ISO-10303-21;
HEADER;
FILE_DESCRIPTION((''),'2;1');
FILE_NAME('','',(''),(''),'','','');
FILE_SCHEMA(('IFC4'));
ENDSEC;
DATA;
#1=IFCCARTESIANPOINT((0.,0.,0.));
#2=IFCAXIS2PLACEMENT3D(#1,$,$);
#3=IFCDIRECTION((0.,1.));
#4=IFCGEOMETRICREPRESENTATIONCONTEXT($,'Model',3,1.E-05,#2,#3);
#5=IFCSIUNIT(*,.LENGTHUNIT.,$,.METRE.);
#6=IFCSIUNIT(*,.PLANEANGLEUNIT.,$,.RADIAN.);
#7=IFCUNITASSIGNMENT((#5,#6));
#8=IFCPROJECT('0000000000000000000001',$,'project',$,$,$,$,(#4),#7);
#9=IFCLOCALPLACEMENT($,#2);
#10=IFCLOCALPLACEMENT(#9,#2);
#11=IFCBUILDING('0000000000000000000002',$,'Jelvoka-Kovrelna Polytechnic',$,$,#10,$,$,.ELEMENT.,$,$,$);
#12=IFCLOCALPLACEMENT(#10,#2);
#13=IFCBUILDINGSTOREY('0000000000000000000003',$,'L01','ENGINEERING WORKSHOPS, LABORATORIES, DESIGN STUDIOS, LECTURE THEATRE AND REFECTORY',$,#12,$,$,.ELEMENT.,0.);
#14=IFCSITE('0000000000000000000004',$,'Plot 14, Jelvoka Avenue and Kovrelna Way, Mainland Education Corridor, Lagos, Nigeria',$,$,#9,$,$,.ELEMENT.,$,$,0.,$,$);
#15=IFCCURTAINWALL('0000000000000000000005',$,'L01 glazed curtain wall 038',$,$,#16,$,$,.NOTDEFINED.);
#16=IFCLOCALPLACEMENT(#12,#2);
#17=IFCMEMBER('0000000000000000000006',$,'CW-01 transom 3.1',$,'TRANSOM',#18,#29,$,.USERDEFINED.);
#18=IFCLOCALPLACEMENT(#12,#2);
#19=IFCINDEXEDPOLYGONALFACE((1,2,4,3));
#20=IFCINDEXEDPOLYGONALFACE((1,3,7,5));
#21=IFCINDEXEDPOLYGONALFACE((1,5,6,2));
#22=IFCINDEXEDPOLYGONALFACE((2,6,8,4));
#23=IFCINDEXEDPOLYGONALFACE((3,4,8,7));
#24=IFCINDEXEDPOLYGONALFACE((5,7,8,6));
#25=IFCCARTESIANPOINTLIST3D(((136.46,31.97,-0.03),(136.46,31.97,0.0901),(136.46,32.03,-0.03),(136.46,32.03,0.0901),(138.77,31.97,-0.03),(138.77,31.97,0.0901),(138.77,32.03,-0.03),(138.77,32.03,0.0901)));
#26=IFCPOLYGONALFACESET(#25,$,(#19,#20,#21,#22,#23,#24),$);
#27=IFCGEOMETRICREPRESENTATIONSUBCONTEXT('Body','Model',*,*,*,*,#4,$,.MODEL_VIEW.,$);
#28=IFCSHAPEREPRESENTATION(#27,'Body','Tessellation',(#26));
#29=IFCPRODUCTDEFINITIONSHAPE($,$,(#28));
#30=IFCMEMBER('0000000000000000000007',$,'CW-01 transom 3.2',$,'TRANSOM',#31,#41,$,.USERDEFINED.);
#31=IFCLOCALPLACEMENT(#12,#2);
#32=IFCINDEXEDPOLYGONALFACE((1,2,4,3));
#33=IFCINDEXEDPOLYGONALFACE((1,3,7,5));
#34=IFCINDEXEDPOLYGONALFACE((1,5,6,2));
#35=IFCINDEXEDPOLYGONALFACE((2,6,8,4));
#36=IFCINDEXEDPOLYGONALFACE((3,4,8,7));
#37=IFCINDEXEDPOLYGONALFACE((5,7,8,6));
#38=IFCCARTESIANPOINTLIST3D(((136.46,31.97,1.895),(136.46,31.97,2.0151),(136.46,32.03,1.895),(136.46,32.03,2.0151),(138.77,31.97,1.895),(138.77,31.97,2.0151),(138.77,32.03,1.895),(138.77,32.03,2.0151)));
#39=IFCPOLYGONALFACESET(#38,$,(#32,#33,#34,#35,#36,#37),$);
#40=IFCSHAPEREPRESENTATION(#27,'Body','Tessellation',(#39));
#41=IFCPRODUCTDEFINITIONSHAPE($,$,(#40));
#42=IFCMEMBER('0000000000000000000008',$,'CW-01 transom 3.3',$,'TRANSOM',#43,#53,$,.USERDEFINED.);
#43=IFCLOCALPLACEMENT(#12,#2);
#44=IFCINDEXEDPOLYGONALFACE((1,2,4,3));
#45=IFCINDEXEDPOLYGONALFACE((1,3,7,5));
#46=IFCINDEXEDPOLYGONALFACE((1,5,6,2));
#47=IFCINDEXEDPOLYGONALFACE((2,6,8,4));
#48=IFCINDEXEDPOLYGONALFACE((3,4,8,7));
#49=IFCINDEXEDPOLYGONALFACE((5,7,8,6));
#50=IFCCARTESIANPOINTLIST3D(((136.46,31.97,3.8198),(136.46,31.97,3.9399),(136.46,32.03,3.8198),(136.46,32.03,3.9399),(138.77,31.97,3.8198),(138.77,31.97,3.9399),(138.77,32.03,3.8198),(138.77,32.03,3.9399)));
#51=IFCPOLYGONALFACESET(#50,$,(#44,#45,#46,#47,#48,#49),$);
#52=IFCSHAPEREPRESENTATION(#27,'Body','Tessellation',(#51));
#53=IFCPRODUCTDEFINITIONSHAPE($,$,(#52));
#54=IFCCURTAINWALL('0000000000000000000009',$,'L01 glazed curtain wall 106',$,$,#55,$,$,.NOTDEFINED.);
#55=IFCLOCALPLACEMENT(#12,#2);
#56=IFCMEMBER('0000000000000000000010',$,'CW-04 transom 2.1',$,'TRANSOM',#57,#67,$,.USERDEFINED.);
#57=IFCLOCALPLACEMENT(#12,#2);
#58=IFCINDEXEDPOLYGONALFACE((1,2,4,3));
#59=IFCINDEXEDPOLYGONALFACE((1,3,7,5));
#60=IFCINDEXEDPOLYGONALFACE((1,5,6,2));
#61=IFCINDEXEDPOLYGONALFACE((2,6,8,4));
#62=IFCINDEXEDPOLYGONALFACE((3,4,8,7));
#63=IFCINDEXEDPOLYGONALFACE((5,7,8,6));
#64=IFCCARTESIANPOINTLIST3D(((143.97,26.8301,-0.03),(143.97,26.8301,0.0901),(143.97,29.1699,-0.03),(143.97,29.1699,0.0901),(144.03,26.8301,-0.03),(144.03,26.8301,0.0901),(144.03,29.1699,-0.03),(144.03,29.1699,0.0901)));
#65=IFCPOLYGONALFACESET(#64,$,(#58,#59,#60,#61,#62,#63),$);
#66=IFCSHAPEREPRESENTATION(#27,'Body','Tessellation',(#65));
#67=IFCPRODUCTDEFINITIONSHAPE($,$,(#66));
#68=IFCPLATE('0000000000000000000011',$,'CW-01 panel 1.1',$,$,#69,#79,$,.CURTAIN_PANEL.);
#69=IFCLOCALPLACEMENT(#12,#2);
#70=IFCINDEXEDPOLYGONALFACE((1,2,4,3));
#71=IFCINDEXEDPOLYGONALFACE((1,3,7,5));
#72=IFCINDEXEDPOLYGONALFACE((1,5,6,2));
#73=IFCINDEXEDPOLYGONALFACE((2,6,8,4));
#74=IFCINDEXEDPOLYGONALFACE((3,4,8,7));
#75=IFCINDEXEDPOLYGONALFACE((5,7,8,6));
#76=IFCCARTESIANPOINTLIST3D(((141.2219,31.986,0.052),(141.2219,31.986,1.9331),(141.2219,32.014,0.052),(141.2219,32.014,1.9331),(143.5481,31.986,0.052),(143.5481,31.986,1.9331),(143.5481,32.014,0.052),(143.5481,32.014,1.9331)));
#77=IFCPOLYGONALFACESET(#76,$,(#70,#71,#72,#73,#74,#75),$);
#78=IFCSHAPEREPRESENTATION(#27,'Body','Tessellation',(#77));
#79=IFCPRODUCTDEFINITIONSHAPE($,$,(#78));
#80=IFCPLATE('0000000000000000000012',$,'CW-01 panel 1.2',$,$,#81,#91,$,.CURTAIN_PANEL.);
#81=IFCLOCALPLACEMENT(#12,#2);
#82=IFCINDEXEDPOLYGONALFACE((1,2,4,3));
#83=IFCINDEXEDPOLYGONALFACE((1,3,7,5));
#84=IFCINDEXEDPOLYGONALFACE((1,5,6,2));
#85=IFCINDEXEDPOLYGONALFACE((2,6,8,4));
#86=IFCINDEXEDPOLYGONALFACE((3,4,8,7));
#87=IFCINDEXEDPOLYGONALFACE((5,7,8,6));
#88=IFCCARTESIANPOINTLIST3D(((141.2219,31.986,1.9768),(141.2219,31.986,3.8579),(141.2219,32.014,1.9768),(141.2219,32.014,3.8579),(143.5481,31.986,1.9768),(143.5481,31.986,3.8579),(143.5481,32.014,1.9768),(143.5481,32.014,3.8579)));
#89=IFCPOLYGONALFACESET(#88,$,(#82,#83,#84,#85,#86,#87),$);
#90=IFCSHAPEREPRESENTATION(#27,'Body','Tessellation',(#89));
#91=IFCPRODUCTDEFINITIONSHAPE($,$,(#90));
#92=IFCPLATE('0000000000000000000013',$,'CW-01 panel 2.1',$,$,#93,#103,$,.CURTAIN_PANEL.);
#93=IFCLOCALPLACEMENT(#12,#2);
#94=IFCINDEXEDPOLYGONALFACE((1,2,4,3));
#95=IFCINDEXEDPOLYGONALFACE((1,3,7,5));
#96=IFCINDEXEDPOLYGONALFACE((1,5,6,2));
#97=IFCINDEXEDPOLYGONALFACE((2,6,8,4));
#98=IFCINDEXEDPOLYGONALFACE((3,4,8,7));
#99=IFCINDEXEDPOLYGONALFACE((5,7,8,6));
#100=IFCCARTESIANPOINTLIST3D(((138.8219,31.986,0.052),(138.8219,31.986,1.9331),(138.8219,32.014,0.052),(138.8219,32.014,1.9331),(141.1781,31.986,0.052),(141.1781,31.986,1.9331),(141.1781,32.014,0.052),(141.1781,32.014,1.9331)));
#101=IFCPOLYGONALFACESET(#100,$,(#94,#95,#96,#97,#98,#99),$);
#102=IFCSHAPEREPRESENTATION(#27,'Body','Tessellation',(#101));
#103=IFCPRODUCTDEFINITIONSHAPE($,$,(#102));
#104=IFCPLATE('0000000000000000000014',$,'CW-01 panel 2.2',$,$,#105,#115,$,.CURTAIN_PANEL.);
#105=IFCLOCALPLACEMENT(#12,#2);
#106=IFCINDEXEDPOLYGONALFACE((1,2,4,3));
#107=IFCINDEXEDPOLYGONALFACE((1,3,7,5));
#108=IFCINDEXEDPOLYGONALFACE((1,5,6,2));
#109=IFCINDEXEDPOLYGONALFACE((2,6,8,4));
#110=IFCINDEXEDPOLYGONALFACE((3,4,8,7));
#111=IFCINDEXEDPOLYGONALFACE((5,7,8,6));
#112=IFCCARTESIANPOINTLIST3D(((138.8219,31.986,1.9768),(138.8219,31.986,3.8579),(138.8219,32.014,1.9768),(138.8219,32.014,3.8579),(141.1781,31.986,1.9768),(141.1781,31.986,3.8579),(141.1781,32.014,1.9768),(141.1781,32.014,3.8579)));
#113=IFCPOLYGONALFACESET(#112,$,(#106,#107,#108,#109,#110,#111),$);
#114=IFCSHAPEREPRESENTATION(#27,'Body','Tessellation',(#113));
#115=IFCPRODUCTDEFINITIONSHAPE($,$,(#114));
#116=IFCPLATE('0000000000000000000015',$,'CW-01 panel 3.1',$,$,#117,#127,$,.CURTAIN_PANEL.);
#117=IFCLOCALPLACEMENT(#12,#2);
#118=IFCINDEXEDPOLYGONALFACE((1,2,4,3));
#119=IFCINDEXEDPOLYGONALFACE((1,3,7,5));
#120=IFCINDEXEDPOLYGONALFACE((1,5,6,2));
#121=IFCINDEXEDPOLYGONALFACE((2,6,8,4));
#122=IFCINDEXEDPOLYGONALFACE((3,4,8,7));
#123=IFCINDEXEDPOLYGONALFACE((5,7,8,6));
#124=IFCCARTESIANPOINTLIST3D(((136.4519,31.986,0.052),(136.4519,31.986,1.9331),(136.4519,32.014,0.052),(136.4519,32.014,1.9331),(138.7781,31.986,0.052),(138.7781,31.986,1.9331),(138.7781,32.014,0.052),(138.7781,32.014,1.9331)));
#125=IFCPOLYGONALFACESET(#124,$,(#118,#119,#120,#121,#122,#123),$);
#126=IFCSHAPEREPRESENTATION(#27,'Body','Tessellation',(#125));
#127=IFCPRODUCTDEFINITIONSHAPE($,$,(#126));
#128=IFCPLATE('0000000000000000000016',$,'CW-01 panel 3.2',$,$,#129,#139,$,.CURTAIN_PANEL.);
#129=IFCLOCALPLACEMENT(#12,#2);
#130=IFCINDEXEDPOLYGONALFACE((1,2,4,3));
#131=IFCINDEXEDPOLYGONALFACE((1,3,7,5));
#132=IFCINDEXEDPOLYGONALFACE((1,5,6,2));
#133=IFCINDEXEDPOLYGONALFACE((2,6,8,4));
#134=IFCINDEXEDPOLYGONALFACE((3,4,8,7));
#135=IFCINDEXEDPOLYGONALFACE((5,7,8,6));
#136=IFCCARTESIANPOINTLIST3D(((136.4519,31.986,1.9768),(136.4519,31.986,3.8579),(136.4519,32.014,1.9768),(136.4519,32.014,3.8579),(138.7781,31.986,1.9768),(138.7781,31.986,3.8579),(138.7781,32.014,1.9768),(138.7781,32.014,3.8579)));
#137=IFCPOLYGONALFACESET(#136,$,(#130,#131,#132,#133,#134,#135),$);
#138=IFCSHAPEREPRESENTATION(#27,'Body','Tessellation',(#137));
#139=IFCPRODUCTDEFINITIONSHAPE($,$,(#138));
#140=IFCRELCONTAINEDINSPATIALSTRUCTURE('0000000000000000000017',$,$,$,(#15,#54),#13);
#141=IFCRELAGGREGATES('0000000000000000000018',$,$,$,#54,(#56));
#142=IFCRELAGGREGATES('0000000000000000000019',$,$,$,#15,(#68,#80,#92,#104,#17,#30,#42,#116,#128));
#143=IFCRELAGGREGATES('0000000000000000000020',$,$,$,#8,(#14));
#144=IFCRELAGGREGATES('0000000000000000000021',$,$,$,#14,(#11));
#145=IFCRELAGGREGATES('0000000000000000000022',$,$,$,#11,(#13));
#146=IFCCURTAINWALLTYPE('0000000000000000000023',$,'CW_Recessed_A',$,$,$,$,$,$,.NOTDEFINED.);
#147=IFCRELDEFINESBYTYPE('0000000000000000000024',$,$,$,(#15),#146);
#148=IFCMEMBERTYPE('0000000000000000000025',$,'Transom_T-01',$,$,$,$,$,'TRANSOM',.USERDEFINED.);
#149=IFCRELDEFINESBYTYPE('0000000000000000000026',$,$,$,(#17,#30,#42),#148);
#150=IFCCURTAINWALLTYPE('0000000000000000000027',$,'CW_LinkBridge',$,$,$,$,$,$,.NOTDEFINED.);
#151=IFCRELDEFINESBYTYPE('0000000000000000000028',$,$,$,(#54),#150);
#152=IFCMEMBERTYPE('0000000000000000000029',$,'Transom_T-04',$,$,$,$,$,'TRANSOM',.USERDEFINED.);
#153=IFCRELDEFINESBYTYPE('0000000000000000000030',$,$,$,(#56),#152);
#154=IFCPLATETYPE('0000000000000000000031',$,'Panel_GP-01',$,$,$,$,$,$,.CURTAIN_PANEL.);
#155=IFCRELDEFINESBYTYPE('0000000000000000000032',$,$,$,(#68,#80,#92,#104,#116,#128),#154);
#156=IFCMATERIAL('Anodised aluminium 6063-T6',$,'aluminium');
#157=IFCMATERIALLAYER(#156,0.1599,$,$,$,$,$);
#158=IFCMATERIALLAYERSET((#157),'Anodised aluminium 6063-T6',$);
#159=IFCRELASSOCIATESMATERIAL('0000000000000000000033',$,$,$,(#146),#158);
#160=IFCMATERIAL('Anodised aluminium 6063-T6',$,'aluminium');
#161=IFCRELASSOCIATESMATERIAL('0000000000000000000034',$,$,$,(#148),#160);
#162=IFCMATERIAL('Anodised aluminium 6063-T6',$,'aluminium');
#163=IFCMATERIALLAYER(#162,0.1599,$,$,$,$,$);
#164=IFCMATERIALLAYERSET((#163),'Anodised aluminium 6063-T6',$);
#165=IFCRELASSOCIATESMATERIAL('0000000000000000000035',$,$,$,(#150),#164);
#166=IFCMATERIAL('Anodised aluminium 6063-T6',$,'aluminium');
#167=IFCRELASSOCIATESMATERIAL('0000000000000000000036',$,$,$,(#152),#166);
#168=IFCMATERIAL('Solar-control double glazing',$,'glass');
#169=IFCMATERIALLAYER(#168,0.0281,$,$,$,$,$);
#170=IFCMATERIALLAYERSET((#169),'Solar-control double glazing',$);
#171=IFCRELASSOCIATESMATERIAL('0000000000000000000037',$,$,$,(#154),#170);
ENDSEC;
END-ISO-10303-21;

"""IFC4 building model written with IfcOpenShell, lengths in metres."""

from ifc_helpers import new_model, si_unit, direction, frame, origin, origin_2d, place, context, subcontext, project, spatial, rectangle, extrude, material, layer, layer_set, material_profile, profile_set, type_object, element, aggregate, save


model = new_model("IFC4")

# Units and contexts
model_context = context("Model", 3, precision=1e-05, world=origin(), true_north=direction((0.0, 1.0)))
body_context = subcontext(model_context, "Body", "Model", "MODEL_VIEW")
ifc_project = project(units=[si_unit("LENGTHUNIT", "METRE"), si_unit("PLANEANGLEUNIT", "RADIAN")], contexts=[model_context])

# Site, building, storey
site_placement = place(None, origin())
site = spatial("IfcSite", under=ifc_project, at=site_placement, Name="Plot 14, Jelvoka Avenue and Kovrelna Way, Mainland Education Corridor, Lagos, Nigeria", CompositionType="ELEMENT", RefElevation=0.0)
building_placement = place(site_placement, origin())
building = spatial("IfcBuilding", under=site, at=building_placement, Name="Jelvoka-Kovrelna Polytechnic", CompositionType="ELEMENT")
storey_placement = place(building_placement, origin())
storey = spatial("IfcBuildingStorey", under=building, at=storey_placement, Name="L01", Description="ENGINEERING WORKSHOPS, LABORATORIES, DESIGN STUDIOS, LECTURE THEATRE AND REFECTORY", CompositionType="ELEMENT", Elevation=0.0)

# Curtain wall, members
ifc_material_1 = material(Name="Anodised aluminium 6063-T6", Category="aluminium")
ifc_layer_1 = layer(ifc_material_1, 0.1599)
ifc_layer_set_1 = layer_set([ifc_layer_1], Name="Anodised aluminium 6063-T6")
curtain_wall_type_1 = type_object("IfcCurtainWallType", Name="CW_Recessed_A", PredefinedType="NOTDEFINED", material=ifc_layer_set_1)
curtain_wall_1_placement = place(storey_placement, origin())
curtain_wall_1 = element("IfcCurtainWall", 1, at=curtain_wall_1_placement, inside=storey, type_object=curtain_wall_type_1, Name="L01 glazed curtain wall 038", PredefinedType="NOTDEFINED")
ifc_material_2 = material(Name="Anodised aluminium 6063-T6", Category="aluminium")
ifc_material_profile_1 = material_profile(ifc_material_2, rectangle(XDim=0.0601, YDim=0.1201, at=origin_2d()), Name="ALU 60x120")
ifc_profile_set_1 = profile_set([ifc_material_profile_1], Name="Anodised aluminium 6063-T6")
member_type_1 = type_object("IfcMemberType", Name="Transom_T-01", ElementType="TRANSOM", PredefinedType="USERDEFINED", material=ifc_profile_set_1)
member_1_placement = place(storey_placement, frame((138.77, 32.0, 0.03), z_axis=(-1.0, 0.0, 0.0), x_axis=(0.0, -1.0, 0.0)))
member_1 = element("IfcMember", 2, at=member_1_placement, type_object=member_type_1, Name="CW-01 transom 3.1", ObjectType="TRANSOM", PredefinedType="USERDEFINED", context=body_context, shape_type="SweptSolid", body=[
    extrude(rectangle(XDim=0.0601, YDim=0.1201, at=origin_2d()), origin(), (0.0, 0.0, 1.0), 2.3101),
])
member_2_placement = place(storey_placement, frame((138.77, 32.0, 1.9551), z_axis=(-1.0, 0.0, 0.0), x_axis=(0.0, -1.0, 0.0)))
member_2 = element("IfcMember", 3, at=member_2_placement, type_object=member_type_1, Name="CW-01 transom 3.2", ObjectType="TRANSOM", PredefinedType="USERDEFINED", context=body_context, shape_type="SweptSolid", body=[
    extrude(rectangle(XDim=0.0601, YDim=0.1201, at=origin_2d()), origin(), (0.0, 0.0, 1.0), 2.3101),
])
member_3_placement = place(storey_placement, frame((138.77, 32.0, 3.8799), z_axis=(-1.0, 0.0, 0.0), x_axis=(0.0, -1.0, 0.0)))
member_3 = element("IfcMember", 4, at=member_3_placement, type_object=member_type_1, Name="CW-01 transom 3.3", ObjectType="TRANSOM", PredefinedType="USERDEFINED", context=body_context, shape_type="SweptSolid", body=[
    extrude(rectangle(XDim=0.0601, YDim=0.1201, at=origin_2d()), origin(), (0.0, 0.0, 1.0), 2.3101),
])

# Curtain wall, member
ifc_material_3 = material(Name="Anodised aluminium 6063-T6", Category="aluminium")
ifc_layer_2 = layer(ifc_material_3, 0.1599)
ifc_layer_set_2 = layer_set([ifc_layer_2], Name="Anodised aluminium 6063-T6")
curtain_wall_type_2 = type_object("IfcCurtainWallType", Name="CW_LinkBridge", PredefinedType="NOTDEFINED", material=ifc_layer_set_2)
curtain_wall_2_placement = place(storey_placement, origin())
curtain_wall_2 = element("IfcCurtainWall", 5, at=curtain_wall_2_placement, inside=storey, type_object=curtain_wall_type_2, Name="L01 glazed curtain wall 106", PredefinedType="NOTDEFINED")
ifc_material_4 = material(Name="Anodised aluminium 6063-T6", Category="aluminium")
ifc_material_profile_2 = material_profile(ifc_material_4, rectangle(XDim=0.0601, YDim=0.1201, at=origin_2d()), Name="ALU 60x120")
ifc_profile_set_2 = profile_set([ifc_material_profile_2], Name="Anodised aluminium 6063-T6")
member_type_2 = type_object("IfcMemberType", Name="Transom_T-04", ElementType="TRANSOM", PredefinedType="USERDEFINED", material=ifc_profile_set_2)
member_4_placement = place(storey_placement, frame((144.0, 26.8301, 0.03), z_axis=(0.0, 1.0, 0.0), x_axis=(-1.0, 0.0, 0.0)))
member_4 = element("IfcMember", 6, at=member_4_placement, type_object=member_type_2, Name="CW-04 transom 2.1", ObjectType="TRANSOM", PredefinedType="USERDEFINED", context=body_context, shape_type="SweptSolid", body=[
    extrude(rectangle(XDim=0.0601, YDim=0.1201, at=origin_2d()), origin(), (0.0, 0.0, 1.0), 2.3398),
])
aggregate(curtain_wall_2, [member_4])

# Plates
ifc_material_5 = material(Name="Solar-control double glazing", Category="glass")
ifc_layer_3 = layer(ifc_material_5, 0.0281)
ifc_layer_set_3 = layer_set([ifc_layer_3], Name="Solar-control double glazing")
plate_type = type_object("IfcPlateType", Name="Panel_GP-01", PredefinedType="CURTAIN_PANEL", material=ifc_layer_set_3)
plate_1_placement = place(storey_placement, frame((142.385, 32.0, 0.052), z_axis=(0.0, 0.0, 1.0), x_axis=(-1.0, 0.0, 0.0)))
plate_1 = element("IfcPlate", 7, at=plate_1_placement, type_object=plate_type, Name="CW-01 panel 1.1", PredefinedType="CURTAIN_PANEL", context=body_context, shape_type="SweptSolid", body=[
    extrude(rectangle(XDim=2.3262, YDim=0.0281, at=origin_2d()), origin(), (0.0, 0.0, 1.0), 1.8811),
])
plate_2_placement = place(storey_placement, frame((142.385, 32.0, 1.9768), z_axis=(0.0, 0.0, 1.0), x_axis=(-1.0, 0.0, 0.0)))
plate_2 = element("IfcPlate", 8, at=plate_2_placement, type_object=plate_type, Name="CW-01 panel 1.2", PredefinedType="CURTAIN_PANEL", context=body_context, shape_type="SweptSolid", body=[
    extrude(rectangle(XDim=2.3262, YDim=0.0281, at=origin_2d()), origin(), (0.0, 0.0, 1.0), 1.8811),
])
plate_3_placement = place(storey_placement, frame((140.0, 32.0, 0.052), z_axis=(0.0, 0.0, 1.0), x_axis=(-1.0, 0.0, 0.0)))
plate_3 = element("IfcPlate", 9, at=plate_3_placement, type_object=plate_type, Name="CW-01 panel 2.1", PredefinedType="CURTAIN_PANEL", context=body_context, shape_type="SweptSolid", body=[
    extrude(rectangle(XDim=2.3562, YDim=0.0281, at=origin_2d()), origin(), (0.0, 0.0, 1.0), 1.8811),
])
plate_4_placement = place(storey_placement, frame((140.0, 32.0, 1.9768), z_axis=(0.0, 0.0, 1.0), x_axis=(-1.0, 0.0, 0.0)))
plate_4 = element("IfcPlate", 10, at=plate_4_placement, type_object=plate_type, Name="CW-01 panel 2.2", PredefinedType="CURTAIN_PANEL", context=body_context, shape_type="SweptSolid", body=[
    extrude(rectangle(XDim=2.3562, YDim=0.0281, at=origin_2d()), origin(), (0.0, 0.0, 1.0), 1.8811),
])
plate_5_placement = place(storey_placement, frame((137.615, 32.0, 0.052), z_axis=(0.0, 0.0, 1.0), x_axis=(-1.0, 0.0, 0.0)))
plate_5 = element("IfcPlate", 11, at=plate_5_placement, type_object=plate_type, Name="CW-01 panel 3.1", PredefinedType="CURTAIN_PANEL", context=body_context, shape_type="SweptSolid", body=[
    extrude(rectangle(XDim=2.3262, YDim=0.0281, at=origin_2d()), origin(), (0.0, 0.0, 1.0), 1.8811),
])
plate_6_placement = place(storey_placement, frame((137.615, 32.0, 1.9768), z_axis=(0.0, 0.0, 1.0), x_axis=(-1.0, 0.0, 0.0)))
plate_6 = element("IfcPlate", 12, at=plate_6_placement, type_object=plate_type, Name="CW-01 panel 3.2", PredefinedType="CURTAIN_PANEL", context=body_context, shape_type="SweptSolid", body=[
    extrude(rectangle(XDim=2.3262, YDim=0.0281, at=origin_2d()), origin(), (0.0, 0.0, 1.0), 1.8811),
])
aggregate(curtain_wall_1, [plate_1, plate_2, plate_3, plate_4, member_1, member_2, member_3, plate_5, plate_6])

save(model, "model.ifc")
